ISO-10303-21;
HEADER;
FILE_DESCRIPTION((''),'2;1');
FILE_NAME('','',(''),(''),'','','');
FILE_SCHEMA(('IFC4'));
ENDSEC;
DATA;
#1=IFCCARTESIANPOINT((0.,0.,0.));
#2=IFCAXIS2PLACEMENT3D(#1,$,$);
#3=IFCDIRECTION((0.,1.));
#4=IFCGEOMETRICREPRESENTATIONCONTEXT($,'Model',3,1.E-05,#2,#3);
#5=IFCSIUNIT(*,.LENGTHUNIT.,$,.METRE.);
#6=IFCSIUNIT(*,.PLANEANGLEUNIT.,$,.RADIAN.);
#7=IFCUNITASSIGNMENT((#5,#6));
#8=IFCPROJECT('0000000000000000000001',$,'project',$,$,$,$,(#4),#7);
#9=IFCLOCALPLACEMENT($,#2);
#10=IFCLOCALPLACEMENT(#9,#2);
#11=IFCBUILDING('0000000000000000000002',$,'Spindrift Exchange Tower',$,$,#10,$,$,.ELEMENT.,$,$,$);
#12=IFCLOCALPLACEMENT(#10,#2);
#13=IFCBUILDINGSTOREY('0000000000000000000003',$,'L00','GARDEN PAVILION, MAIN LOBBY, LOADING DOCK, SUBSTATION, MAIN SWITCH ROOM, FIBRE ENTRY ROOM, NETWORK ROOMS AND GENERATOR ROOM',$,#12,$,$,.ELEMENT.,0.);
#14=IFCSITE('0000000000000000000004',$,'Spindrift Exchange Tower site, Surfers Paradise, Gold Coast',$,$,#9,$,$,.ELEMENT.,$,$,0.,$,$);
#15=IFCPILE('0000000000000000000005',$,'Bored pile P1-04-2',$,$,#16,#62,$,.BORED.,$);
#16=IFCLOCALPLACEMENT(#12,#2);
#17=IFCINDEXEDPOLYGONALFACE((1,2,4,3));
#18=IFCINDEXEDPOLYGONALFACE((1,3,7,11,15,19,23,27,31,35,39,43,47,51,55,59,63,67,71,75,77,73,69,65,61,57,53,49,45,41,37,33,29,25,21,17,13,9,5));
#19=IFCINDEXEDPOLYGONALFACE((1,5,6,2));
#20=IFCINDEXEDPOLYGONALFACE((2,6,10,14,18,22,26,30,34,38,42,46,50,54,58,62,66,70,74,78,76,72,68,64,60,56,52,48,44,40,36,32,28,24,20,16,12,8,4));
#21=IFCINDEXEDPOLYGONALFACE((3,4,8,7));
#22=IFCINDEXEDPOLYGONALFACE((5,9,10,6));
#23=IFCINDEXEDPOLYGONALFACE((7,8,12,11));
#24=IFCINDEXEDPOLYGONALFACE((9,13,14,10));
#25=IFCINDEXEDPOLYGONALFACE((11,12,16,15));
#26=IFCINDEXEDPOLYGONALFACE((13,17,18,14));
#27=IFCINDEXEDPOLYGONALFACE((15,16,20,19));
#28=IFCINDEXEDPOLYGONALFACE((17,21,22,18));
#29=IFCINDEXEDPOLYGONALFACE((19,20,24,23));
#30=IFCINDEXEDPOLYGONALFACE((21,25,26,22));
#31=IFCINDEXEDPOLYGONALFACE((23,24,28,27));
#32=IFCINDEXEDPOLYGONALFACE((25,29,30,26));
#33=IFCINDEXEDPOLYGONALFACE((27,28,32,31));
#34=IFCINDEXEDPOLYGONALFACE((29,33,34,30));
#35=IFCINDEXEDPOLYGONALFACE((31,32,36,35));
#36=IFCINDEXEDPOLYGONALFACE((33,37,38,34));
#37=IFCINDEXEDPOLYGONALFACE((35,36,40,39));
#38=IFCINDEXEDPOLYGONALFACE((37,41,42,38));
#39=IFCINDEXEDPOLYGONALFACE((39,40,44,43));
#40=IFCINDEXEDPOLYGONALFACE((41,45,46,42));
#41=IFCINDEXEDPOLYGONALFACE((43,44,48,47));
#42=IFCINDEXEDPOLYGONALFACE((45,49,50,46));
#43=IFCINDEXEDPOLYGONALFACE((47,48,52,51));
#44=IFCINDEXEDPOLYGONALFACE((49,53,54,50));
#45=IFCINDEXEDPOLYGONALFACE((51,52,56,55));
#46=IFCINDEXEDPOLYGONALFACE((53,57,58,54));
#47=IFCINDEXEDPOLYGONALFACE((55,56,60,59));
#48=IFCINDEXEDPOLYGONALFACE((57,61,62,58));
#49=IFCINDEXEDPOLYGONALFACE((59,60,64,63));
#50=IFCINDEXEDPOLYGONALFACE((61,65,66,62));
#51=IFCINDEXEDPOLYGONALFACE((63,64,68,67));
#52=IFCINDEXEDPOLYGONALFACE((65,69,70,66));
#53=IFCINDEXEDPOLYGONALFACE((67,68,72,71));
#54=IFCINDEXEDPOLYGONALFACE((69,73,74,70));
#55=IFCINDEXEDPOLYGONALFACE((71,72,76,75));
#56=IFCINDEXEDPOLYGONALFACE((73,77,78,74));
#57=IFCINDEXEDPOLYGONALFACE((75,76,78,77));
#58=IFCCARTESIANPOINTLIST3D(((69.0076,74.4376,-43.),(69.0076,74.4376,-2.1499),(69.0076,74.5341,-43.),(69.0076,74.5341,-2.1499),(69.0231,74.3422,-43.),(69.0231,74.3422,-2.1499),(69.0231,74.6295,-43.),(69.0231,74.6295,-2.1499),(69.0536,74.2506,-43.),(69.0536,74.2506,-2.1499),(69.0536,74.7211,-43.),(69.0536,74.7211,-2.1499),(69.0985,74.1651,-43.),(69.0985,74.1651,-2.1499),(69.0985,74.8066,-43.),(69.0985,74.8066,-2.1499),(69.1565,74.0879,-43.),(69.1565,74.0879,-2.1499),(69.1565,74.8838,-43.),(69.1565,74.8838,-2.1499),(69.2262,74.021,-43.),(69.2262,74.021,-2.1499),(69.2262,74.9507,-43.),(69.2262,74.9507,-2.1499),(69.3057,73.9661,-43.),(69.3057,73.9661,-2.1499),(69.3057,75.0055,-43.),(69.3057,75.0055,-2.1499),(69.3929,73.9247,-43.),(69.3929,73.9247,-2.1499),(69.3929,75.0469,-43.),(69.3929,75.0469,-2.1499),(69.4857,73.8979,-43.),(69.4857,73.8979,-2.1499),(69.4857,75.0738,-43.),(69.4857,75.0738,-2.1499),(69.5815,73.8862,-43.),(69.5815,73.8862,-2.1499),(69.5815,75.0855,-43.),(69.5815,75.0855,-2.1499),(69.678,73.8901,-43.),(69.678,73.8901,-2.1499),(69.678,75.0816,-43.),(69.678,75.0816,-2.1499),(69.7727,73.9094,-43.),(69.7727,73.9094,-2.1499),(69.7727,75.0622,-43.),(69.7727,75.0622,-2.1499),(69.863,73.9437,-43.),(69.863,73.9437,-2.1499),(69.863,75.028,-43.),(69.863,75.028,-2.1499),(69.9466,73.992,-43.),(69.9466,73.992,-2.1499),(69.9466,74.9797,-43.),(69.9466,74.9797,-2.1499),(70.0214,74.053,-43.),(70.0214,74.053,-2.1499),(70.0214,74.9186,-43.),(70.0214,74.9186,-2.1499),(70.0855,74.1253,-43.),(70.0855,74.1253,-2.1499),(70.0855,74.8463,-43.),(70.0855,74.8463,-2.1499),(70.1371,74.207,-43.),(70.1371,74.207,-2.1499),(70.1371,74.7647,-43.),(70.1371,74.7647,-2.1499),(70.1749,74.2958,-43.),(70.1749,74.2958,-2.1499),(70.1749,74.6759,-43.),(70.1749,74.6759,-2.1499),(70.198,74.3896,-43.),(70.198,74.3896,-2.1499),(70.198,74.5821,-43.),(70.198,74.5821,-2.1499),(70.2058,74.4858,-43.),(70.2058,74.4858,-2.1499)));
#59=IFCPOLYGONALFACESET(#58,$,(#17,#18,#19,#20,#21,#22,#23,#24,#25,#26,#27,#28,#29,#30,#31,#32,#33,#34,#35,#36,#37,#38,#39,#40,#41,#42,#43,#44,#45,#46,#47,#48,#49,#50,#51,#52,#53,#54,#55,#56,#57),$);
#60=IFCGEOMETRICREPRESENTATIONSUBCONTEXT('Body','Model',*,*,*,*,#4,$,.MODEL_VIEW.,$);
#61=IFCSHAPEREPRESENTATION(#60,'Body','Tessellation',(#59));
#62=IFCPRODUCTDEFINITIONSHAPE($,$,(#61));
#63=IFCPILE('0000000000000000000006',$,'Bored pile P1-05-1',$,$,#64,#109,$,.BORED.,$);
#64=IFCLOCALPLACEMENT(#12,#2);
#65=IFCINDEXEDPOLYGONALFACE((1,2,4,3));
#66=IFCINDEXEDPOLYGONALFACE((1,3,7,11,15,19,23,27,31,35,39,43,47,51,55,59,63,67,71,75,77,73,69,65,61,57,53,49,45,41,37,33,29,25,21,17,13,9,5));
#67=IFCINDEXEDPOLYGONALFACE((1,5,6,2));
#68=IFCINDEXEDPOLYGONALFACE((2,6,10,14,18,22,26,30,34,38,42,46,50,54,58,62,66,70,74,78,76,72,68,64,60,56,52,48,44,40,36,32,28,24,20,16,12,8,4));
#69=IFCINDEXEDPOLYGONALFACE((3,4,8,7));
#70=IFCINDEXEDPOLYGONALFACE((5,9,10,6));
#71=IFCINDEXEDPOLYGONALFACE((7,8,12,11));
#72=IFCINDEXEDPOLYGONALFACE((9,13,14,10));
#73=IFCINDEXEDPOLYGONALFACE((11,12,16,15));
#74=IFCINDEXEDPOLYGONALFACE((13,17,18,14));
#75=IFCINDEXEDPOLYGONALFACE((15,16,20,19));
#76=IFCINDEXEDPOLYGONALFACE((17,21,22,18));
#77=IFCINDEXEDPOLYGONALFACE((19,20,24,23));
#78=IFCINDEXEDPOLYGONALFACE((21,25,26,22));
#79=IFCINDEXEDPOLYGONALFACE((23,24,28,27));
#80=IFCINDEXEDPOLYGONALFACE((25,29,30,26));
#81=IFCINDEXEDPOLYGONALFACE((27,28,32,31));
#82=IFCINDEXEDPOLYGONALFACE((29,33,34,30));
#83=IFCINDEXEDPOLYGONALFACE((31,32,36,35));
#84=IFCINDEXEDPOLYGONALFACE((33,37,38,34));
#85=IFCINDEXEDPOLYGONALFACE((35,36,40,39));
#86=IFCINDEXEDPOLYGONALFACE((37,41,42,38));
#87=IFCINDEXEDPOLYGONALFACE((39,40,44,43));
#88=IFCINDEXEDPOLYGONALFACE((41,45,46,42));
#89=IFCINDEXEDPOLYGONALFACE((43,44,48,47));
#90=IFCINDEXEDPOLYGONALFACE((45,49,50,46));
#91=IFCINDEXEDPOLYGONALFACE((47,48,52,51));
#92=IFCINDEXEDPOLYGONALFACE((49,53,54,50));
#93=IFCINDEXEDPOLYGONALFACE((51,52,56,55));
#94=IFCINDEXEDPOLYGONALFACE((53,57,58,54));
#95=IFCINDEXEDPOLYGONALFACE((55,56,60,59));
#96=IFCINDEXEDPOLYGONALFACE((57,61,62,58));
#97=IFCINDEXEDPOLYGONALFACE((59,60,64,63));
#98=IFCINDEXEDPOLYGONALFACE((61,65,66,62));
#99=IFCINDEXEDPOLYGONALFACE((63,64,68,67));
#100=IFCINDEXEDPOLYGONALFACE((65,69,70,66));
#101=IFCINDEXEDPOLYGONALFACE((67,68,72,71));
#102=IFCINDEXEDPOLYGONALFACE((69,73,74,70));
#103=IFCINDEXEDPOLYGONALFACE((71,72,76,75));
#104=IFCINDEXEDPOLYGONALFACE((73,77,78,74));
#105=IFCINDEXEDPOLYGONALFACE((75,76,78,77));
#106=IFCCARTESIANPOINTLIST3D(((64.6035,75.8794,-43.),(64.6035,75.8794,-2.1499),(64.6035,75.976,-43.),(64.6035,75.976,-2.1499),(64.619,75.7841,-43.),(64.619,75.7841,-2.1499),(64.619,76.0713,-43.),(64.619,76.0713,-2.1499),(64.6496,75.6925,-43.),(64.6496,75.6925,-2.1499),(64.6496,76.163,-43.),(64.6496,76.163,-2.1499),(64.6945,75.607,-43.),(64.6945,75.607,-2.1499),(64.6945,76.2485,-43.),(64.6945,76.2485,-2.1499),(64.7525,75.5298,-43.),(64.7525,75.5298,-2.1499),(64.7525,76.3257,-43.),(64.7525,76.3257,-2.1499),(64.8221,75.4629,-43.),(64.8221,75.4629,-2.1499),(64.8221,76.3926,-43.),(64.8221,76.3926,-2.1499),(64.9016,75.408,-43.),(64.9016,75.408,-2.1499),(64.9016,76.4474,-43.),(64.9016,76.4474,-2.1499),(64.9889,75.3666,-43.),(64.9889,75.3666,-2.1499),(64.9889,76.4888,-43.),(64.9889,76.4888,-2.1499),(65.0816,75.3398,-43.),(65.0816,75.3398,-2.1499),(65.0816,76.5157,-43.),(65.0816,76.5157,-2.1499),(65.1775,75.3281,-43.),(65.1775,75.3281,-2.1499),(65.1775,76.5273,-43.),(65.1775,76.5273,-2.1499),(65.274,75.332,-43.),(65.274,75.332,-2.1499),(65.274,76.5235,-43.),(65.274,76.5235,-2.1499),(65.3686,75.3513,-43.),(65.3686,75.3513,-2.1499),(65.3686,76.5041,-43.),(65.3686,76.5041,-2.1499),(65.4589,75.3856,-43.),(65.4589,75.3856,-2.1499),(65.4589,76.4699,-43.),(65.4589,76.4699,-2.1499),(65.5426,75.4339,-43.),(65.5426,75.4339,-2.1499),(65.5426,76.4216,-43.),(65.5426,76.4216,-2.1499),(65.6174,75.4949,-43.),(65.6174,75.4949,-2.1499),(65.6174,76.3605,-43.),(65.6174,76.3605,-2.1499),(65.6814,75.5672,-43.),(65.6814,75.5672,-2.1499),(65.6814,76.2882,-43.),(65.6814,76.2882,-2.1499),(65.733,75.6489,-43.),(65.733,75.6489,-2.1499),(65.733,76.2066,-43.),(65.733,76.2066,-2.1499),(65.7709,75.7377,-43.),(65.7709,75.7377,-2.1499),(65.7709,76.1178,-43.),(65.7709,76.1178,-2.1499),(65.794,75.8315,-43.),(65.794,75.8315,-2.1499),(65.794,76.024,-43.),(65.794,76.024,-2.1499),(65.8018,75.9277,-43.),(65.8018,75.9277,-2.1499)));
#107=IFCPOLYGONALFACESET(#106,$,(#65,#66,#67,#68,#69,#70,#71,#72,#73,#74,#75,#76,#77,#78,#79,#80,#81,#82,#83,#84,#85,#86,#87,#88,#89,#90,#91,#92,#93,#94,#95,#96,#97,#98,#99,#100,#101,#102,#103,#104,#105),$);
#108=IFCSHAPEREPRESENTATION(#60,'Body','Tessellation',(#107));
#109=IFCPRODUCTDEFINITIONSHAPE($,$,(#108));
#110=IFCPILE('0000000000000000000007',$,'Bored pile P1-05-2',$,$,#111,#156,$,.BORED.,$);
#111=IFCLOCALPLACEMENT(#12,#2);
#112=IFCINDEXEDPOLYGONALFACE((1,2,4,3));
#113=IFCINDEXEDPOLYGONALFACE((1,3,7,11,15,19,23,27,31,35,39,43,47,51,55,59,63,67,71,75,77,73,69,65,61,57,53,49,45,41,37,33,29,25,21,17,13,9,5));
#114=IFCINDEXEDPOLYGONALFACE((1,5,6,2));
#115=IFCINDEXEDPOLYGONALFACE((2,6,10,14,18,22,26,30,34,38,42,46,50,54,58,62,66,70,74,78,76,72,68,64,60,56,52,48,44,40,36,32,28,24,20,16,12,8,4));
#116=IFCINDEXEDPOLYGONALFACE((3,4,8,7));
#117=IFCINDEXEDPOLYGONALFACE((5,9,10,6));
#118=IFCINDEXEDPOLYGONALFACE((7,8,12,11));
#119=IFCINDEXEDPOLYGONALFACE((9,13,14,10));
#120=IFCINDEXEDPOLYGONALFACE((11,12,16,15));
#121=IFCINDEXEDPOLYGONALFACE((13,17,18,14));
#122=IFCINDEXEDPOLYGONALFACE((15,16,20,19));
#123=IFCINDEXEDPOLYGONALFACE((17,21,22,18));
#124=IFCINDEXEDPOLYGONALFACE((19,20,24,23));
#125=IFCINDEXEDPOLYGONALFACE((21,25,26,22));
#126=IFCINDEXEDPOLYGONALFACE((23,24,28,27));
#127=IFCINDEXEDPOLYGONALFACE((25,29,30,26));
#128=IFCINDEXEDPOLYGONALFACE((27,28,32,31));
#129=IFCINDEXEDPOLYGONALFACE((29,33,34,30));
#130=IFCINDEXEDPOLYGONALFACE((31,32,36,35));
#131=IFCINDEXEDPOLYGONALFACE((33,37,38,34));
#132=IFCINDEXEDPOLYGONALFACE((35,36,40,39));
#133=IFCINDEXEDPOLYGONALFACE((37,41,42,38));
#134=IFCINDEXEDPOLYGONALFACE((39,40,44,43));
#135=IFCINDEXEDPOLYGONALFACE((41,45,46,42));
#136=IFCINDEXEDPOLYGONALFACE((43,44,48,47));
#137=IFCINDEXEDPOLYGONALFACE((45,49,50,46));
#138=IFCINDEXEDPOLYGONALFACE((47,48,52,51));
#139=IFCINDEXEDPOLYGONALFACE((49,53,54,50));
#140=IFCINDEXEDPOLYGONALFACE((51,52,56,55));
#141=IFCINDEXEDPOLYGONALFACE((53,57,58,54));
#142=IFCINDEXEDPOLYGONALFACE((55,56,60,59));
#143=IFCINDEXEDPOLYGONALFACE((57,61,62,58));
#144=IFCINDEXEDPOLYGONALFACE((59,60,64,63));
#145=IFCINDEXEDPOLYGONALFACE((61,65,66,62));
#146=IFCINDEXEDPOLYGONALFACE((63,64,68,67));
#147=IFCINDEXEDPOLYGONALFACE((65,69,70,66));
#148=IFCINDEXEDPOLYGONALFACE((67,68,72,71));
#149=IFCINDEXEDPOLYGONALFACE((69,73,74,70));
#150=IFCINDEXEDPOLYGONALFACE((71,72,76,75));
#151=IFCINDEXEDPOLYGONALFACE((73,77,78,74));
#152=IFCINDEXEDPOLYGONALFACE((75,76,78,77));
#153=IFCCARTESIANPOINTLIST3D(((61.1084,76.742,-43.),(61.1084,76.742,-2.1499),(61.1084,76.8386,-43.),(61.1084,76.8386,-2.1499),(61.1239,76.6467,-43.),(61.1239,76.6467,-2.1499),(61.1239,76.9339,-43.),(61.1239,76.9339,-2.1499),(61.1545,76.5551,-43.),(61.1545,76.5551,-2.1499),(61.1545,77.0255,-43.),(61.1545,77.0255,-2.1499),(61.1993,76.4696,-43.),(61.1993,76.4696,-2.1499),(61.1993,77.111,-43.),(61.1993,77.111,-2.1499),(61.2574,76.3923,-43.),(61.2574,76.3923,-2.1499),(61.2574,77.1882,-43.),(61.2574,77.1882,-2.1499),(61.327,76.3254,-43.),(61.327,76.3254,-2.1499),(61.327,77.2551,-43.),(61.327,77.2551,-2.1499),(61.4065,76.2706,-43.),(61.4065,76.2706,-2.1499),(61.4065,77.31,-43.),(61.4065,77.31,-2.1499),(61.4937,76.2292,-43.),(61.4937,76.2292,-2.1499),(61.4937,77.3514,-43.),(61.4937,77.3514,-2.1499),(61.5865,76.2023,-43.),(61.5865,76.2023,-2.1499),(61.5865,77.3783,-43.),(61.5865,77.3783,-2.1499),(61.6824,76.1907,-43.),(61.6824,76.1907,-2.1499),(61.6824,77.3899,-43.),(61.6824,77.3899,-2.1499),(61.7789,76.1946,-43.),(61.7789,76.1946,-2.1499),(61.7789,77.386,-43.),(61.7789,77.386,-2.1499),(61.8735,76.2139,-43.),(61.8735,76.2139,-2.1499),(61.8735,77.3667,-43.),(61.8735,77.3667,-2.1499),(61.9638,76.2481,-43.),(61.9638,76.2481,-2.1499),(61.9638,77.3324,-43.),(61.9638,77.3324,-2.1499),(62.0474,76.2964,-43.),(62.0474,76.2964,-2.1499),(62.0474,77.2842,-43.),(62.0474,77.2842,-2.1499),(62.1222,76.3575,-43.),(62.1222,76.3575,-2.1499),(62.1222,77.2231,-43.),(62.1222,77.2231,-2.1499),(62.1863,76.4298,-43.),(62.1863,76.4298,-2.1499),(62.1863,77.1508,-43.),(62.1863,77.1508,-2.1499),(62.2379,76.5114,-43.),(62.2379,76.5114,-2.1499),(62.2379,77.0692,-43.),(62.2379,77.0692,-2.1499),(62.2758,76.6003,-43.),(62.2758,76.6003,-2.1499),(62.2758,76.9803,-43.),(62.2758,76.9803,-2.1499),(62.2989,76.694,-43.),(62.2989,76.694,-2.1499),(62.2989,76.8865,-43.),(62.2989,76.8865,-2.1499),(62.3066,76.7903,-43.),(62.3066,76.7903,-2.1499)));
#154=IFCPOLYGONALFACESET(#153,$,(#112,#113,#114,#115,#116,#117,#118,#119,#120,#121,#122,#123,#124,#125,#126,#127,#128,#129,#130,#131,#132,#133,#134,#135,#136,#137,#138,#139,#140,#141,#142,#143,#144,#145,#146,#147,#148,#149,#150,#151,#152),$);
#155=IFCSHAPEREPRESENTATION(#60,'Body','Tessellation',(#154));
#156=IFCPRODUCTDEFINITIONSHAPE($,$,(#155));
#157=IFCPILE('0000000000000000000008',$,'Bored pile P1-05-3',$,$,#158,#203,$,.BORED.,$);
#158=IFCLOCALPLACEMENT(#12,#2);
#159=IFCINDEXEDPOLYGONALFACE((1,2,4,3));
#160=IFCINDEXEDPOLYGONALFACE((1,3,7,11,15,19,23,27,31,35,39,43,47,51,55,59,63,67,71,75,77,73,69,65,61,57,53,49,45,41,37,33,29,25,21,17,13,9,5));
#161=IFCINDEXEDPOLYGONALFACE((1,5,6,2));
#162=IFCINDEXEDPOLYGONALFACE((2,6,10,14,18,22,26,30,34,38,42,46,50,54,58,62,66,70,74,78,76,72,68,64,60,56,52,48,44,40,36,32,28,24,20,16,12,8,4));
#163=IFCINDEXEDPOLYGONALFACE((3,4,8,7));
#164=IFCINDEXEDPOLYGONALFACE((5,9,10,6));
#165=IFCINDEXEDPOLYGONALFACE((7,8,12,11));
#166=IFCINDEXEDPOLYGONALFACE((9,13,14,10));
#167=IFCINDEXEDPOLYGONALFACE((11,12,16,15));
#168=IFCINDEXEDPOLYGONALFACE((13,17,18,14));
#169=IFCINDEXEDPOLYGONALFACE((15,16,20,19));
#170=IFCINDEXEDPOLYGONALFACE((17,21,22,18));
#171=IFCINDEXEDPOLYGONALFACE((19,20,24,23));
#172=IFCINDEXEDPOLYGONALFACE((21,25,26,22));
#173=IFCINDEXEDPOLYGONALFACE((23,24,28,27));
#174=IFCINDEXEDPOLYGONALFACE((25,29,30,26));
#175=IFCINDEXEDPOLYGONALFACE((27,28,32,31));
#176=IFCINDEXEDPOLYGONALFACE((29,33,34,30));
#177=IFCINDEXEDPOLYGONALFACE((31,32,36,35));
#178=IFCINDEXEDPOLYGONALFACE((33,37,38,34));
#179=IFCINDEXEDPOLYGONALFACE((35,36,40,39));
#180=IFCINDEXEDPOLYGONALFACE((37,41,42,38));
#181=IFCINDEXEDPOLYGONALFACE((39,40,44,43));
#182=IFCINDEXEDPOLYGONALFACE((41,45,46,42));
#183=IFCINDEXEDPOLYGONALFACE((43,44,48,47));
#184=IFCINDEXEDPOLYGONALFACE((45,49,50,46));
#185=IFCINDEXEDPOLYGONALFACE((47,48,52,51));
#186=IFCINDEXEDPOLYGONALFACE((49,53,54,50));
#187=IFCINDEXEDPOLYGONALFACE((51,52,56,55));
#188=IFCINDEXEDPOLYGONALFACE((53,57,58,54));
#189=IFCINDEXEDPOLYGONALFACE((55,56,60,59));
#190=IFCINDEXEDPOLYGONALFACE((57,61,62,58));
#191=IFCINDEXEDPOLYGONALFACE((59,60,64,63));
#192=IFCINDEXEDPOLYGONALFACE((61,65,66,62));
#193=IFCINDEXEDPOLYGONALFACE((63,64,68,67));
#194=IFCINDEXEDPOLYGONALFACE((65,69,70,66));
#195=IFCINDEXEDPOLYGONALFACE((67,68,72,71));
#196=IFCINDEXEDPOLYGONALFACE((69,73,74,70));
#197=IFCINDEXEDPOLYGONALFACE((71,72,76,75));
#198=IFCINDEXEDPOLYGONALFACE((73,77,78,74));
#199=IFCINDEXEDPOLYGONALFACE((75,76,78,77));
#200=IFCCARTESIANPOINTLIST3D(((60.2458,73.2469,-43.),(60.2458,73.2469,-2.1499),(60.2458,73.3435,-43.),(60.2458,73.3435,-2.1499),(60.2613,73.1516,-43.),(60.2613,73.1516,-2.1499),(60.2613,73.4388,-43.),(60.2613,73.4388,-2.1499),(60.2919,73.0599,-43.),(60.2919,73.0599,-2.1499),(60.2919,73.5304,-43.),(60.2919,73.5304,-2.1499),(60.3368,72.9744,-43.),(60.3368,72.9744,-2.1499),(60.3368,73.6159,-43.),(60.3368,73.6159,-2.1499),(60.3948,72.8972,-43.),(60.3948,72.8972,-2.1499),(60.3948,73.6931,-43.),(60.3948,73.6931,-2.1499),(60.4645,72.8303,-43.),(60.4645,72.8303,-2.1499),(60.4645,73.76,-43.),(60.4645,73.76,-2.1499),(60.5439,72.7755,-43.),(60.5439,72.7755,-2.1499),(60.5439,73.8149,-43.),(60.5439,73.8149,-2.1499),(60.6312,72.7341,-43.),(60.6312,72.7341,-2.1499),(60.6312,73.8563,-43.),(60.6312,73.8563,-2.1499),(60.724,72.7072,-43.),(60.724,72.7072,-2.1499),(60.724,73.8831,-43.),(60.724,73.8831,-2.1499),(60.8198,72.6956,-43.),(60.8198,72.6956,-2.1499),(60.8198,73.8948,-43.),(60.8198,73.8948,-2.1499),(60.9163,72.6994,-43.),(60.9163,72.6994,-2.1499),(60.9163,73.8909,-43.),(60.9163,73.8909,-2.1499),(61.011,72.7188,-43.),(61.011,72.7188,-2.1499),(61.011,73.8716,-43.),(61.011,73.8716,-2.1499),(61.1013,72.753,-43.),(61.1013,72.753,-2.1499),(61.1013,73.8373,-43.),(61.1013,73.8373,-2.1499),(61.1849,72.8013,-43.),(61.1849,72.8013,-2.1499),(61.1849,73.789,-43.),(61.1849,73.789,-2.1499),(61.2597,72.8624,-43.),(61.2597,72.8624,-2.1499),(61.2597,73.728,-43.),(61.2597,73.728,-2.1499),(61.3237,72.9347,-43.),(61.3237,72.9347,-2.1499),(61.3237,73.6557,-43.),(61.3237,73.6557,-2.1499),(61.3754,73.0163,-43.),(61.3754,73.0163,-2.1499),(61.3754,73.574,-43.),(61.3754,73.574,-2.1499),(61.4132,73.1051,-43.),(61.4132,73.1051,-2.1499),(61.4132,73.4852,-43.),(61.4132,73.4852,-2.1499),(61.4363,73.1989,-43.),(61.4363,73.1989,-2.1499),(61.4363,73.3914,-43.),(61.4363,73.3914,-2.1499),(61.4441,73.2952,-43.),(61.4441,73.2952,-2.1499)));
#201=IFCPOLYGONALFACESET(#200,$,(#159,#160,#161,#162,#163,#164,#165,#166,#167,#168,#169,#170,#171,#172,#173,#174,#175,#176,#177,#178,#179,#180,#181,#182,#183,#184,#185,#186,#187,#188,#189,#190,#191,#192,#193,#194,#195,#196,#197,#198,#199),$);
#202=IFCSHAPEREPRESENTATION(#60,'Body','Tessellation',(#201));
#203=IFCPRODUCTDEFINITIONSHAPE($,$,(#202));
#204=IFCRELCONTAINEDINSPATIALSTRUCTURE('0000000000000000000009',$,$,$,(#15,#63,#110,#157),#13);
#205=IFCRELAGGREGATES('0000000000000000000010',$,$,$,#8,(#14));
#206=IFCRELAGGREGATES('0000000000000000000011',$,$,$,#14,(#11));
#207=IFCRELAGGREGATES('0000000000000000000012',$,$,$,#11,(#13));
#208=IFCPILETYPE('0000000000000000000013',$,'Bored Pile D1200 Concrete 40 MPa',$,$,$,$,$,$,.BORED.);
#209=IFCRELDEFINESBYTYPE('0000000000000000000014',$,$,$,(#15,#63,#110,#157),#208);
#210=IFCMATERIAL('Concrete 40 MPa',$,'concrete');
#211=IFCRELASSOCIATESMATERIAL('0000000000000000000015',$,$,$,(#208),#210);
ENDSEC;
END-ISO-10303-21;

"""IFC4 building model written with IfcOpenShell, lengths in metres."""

from ifc_helpers import new_model, si_unit, direction, frame, origin, origin_2d, place, context, subcontext, project, spatial, circle, extrude, source, transform, mapped, material, material_profile, profile_set, type_object, element, save


model = new_model("IFC4")

# Units and contexts
model_context = context("Model", 3, precision=1e-05, world=origin(), true_north=direction((0.0, 1.0)))
body_context = subcontext(model_context, "Body", "Model", "MODEL_VIEW")
ifc_project = project(units=[si_unit("LENGTHUNIT", "METRE"), si_unit("PLANEANGLEUNIT", "RADIAN")], contexts=[model_context])

# Site, building, storey
site_placement = place(None, origin())
site = spatial("IfcSite", under=ifc_project, at=site_placement, Name="Spindrift Exchange Tower site, Surfers Paradise, Gold Coast", CompositionType="ELEMENT", RefElevation=0.0)
building_placement = place(site_placement, origin())
building = spatial("IfcBuilding", under=site, at=building_placement, Name="Spindrift Exchange Tower", CompositionType="ELEMENT")
storey_placement = place(building_placement, origin())
storey = spatial("IfcBuildingStorey", under=building, at=storey_placement, Name="L00", Description="GARDEN PAVILION, MAIN LOBBY, LOADING DOCK, SUBSTATION, MAIN SWITCH ROOM, FIBRE ENTRY ROOM, NETWORK ROOMS AND GENERATOR ROOM", CompositionType="ELEMENT", Elevation=0.0)

# Piles
ifc_material_1 = material(Name="Concrete 40 MPa", Category="concrete")
ifc_material_profile_1 = material_profile(ifc_material_1, circle(Radius=0.6001, at=origin_2d()), Name="BP D1200")
ifc_profile_set_1 = profile_set([ifc_material_profile_1], Name="Concrete 40 MPa")
pile_type = type_object("IfcPileType", Name="Bored Pile D1200 Concrete 40 MPa", PredefinedType="BORED", material=ifc_profile_set_1)
shared_shape_1 = source(origin(), body_context, "Body", "SweptSolid", [
    extrude(circle(Radius=0.6001, at=origin_2d()), origin(), (0.0, 0.0, 1.0), 40.8501),
])
for number, where, z_axis, x_axis, name in (
    (1, (69.6057, 74.4858, -2.1499), (0.0, 0.0, -1.0), (1.0, 0.0, 0.0), "Bored pile P1-04-2"),
    (2, (65.2017, 75.9277, -2.1499), (0.0, 0.0, -1.0), (1.0, 0.0, 0.0), "Bored pile P1-05-1"),
    (3, (61.7065, 76.7903, -2.1499), (0.0, 0.0, -1.0), (1.0, 0.0, 0.0), "Bored pile P1-05-2"),
    (4, (60.844, 73.2952, -2.1499), (0.0, 0.0, -1.0), (1.0, 0.0, 0.0), "Bored pile P1-05-3"),
):
    element("IfcPile", number, at=place(storey_placement, frame(where, z_axis=z_axis, x_axis=x_axis)), inside=storey, type_object=pile_type, Name=name, PredefinedType="BORED", context=body_context, shape_type="MappedRepresentation", body=[
        mapped(shared_shape_1, transform((0.0, 0.0, 0.0), scale=1.0)),
    ])

save(model, "model.ifc")
